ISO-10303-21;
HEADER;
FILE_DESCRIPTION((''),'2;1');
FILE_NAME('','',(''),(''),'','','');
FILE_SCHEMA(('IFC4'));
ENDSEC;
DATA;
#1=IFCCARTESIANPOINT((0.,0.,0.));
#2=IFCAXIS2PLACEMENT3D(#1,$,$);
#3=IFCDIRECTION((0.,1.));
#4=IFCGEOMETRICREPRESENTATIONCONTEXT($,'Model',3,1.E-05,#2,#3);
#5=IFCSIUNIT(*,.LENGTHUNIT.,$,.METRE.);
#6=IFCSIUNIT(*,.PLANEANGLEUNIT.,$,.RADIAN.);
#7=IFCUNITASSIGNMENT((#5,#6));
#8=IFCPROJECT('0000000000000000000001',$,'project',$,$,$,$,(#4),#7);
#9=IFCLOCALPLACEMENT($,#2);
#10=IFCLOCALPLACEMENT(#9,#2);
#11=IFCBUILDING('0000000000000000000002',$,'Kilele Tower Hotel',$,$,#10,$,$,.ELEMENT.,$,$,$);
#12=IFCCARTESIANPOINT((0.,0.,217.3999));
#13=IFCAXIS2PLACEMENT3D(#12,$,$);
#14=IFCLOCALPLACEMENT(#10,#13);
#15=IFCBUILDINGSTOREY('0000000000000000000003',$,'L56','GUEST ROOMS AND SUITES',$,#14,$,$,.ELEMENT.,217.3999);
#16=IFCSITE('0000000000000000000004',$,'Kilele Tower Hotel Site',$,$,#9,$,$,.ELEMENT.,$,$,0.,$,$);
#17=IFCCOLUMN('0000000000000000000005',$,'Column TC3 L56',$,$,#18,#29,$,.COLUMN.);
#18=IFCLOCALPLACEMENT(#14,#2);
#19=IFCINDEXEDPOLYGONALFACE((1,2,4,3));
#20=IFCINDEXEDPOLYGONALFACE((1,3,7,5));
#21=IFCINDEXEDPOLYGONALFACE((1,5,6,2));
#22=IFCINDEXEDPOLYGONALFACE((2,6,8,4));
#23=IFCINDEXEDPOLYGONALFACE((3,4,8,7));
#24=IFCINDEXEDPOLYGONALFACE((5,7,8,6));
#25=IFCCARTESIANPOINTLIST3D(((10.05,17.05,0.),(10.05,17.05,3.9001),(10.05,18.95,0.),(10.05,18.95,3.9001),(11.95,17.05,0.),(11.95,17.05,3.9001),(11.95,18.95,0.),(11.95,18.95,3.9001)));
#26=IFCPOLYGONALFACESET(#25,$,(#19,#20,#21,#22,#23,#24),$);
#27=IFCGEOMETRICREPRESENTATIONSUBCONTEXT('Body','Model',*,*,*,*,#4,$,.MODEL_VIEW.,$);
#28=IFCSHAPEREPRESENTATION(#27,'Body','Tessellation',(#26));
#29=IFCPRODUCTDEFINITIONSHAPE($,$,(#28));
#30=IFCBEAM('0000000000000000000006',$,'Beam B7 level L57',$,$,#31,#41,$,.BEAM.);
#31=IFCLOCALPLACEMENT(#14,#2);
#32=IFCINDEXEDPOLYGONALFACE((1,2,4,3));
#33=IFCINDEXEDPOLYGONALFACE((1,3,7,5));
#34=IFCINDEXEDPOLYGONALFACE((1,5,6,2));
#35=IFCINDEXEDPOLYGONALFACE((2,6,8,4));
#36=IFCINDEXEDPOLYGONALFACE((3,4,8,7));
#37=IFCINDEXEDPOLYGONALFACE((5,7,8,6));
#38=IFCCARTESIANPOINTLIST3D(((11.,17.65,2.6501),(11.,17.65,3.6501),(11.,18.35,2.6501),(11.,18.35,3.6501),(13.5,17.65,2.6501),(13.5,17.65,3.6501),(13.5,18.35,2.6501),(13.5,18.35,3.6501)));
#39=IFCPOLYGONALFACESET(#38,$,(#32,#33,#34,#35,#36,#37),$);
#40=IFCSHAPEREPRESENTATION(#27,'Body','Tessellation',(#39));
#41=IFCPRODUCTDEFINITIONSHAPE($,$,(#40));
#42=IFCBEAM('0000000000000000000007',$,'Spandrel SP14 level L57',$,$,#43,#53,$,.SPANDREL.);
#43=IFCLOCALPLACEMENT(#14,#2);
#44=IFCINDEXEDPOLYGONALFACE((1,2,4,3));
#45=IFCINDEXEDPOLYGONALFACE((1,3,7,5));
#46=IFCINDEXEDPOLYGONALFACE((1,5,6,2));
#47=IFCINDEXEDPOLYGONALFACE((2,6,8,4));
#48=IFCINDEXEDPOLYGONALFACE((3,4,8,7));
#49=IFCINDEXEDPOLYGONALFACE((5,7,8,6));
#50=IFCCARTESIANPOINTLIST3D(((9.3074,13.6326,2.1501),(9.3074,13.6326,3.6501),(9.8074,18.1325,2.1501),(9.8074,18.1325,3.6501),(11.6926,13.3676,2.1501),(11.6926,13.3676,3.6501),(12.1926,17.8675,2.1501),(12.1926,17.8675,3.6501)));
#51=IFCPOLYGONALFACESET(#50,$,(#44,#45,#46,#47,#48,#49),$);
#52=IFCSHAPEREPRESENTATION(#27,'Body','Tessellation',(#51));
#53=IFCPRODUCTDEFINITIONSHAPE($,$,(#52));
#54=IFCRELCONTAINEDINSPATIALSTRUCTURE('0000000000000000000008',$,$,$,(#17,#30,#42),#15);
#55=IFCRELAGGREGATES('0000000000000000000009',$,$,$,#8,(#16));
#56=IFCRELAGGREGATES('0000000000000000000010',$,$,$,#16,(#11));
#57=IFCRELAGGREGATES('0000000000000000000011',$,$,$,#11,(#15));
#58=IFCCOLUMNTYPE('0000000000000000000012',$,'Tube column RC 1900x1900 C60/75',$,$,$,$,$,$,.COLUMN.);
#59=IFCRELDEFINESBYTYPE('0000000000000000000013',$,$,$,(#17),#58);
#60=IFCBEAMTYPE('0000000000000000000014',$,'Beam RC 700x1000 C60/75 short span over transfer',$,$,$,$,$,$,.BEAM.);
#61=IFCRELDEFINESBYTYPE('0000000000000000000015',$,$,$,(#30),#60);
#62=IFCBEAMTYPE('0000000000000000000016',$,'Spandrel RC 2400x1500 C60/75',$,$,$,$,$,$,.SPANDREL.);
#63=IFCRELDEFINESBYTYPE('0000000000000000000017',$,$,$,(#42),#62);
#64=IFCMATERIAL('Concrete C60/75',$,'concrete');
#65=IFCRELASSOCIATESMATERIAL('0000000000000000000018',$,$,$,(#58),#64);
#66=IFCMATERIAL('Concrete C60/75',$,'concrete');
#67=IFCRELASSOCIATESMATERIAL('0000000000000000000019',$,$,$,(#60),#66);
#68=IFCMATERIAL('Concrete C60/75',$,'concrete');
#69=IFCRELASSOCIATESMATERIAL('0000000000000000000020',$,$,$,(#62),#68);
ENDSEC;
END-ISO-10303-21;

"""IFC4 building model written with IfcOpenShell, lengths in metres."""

from ifc_helpers import new_model, si_unit, direction, frame, origin, origin_2d, place, context, subcontext, project, spatial, rectangle, extrude, material, material_profile, profile_set, type_object, element, save


model = new_model("IFC4")

# Units and contexts
model_context = context("Model", 3, precision=1e-05, world=origin(), true_north=direction((0.0, 1.0)))
body_context = subcontext(model_context, "Body", "Model", "MODEL_VIEW")
ifc_project = project(units=[si_unit("LENGTHUNIT", "METRE"), si_unit("PLANEANGLEUNIT", "RADIAN")], contexts=[model_context])

# Site, building, storey
site_placement = place(None, origin())
site = spatial("IfcSite", under=ifc_project, at=site_placement, Name="Kilele Tower Hotel Site", CompositionType="ELEMENT", RefElevation=0.0)
building_placement = place(site_placement, origin())
building = spatial("IfcBuilding", under=site, at=building_placement, Name="Kilele Tower Hotel", CompositionType="ELEMENT")
storey_placement = place(building_placement, frame((0.0, 0.0, 217.3999)))
storey = spatial("IfcBuildingStorey", under=building, at=storey_placement, Name="L56", Description="GUEST ROOMS AND SUITES", CompositionType="ELEMENT", Elevation=217.3999)

# Column
ifc_material_1 = material(Name="Concrete C60/75", Category="concrete")
ifc_material_profile_1 = material_profile(ifc_material_1, rectangle(XDim=1.8999, YDim=1.8999, at=origin_2d()))
ifc_profile_set_1 = profile_set([ifc_material_profile_1], Name="Concrete C60/75")
column_type = type_object("IfcColumnType", Name="Tube column RC 1900x1900 C60/75", PredefinedType="COLUMN", material=ifc_profile_set_1)
column_placement = place(storey_placement, frame((11.0, 18.0, 0.0), z_axis=(0.0, 0.0, 1.0), x_axis=(1.0, 0.0, 0.0)))
element("IfcColumn", 1, at=column_placement, inside=storey, type_object=column_type, Name="Column TC3 L56", PredefinedType="COLUMN", context=body_context, shape_type="SweptSolid", body=[
    extrude(rectangle(XDim=1.8999, YDim=1.8999, at=origin_2d()), origin(), (0.0, 0.0, 1.0), 3.9001),
])

# Beams
ifc_material_2 = material(Name="Concrete C60/75", Category="concrete")
ifc_material_profile_2 = material_profile(ifc_material_2, rectangle(XDim=0.7, YDim=1.0, at=origin_2d()))
ifc_profile_set_2 = profile_set([ifc_material_profile_2], Name="Concrete C60/75")
beam_type_1 = type_object("IfcBeamType", Name="Beam RC 700x1000 C60/75 short span over transfer", PredefinedType="BEAM", material=ifc_profile_set_2)
beam_1_placement = place(storey_placement, frame((11.0, 18.0, 3.1501), z_axis=(1.0, 0.0, 0.0), x_axis=(0.0, 1.0, 0.0)))
element("IfcBeam", 2, at=beam_1_placement, inside=storey, type_object=beam_type_1, Name="Beam B7 level L57", PredefinedType="BEAM", context=body_context, shape_type="SweptSolid", body=[
    extrude(rectangle(XDim=0.7, YDim=1.0, at=origin_2d()), origin(), (0.0, 0.0, 1.0), 2.5),
])
ifc_material_3 = material(Name="Concrete C60/75", Category="concrete")
ifc_material_profile_3 = material_profile(ifc_material_3, rectangle(XDim=2.3999, YDim=1.5, at=origin_2d()))
ifc_profile_set_3 = profile_set([ifc_material_profile_3], Name="Concrete C60/75")
beam_type_2 = type_object("IfcBeamType", Name="Spandrel RC 2400x1500 C60/75", PredefinedType="SPANDREL", material=ifc_profile_set_3)
beam_2_placement = place(storey_placement, frame((11.0, 18.0, 2.9001), z_axis=(-0.110432, -0.993884, 0.0), x_axis=(0.993884, -0.110432, 0.0)))
element("IfcBeam", 3, at=beam_2_placement, inside=storey, type_object=beam_type_2, Name="Spandrel SP14 level L57", PredefinedType="SPANDREL", context=body_context, shape_type="SweptSolid", body=[
    extrude(rectangle(XDim=2.3999, YDim=1.5, at=origin_2d()), origin(), (0.0, 0.0, 1.0), 4.5276),
])

save(model, "model.ifc")
